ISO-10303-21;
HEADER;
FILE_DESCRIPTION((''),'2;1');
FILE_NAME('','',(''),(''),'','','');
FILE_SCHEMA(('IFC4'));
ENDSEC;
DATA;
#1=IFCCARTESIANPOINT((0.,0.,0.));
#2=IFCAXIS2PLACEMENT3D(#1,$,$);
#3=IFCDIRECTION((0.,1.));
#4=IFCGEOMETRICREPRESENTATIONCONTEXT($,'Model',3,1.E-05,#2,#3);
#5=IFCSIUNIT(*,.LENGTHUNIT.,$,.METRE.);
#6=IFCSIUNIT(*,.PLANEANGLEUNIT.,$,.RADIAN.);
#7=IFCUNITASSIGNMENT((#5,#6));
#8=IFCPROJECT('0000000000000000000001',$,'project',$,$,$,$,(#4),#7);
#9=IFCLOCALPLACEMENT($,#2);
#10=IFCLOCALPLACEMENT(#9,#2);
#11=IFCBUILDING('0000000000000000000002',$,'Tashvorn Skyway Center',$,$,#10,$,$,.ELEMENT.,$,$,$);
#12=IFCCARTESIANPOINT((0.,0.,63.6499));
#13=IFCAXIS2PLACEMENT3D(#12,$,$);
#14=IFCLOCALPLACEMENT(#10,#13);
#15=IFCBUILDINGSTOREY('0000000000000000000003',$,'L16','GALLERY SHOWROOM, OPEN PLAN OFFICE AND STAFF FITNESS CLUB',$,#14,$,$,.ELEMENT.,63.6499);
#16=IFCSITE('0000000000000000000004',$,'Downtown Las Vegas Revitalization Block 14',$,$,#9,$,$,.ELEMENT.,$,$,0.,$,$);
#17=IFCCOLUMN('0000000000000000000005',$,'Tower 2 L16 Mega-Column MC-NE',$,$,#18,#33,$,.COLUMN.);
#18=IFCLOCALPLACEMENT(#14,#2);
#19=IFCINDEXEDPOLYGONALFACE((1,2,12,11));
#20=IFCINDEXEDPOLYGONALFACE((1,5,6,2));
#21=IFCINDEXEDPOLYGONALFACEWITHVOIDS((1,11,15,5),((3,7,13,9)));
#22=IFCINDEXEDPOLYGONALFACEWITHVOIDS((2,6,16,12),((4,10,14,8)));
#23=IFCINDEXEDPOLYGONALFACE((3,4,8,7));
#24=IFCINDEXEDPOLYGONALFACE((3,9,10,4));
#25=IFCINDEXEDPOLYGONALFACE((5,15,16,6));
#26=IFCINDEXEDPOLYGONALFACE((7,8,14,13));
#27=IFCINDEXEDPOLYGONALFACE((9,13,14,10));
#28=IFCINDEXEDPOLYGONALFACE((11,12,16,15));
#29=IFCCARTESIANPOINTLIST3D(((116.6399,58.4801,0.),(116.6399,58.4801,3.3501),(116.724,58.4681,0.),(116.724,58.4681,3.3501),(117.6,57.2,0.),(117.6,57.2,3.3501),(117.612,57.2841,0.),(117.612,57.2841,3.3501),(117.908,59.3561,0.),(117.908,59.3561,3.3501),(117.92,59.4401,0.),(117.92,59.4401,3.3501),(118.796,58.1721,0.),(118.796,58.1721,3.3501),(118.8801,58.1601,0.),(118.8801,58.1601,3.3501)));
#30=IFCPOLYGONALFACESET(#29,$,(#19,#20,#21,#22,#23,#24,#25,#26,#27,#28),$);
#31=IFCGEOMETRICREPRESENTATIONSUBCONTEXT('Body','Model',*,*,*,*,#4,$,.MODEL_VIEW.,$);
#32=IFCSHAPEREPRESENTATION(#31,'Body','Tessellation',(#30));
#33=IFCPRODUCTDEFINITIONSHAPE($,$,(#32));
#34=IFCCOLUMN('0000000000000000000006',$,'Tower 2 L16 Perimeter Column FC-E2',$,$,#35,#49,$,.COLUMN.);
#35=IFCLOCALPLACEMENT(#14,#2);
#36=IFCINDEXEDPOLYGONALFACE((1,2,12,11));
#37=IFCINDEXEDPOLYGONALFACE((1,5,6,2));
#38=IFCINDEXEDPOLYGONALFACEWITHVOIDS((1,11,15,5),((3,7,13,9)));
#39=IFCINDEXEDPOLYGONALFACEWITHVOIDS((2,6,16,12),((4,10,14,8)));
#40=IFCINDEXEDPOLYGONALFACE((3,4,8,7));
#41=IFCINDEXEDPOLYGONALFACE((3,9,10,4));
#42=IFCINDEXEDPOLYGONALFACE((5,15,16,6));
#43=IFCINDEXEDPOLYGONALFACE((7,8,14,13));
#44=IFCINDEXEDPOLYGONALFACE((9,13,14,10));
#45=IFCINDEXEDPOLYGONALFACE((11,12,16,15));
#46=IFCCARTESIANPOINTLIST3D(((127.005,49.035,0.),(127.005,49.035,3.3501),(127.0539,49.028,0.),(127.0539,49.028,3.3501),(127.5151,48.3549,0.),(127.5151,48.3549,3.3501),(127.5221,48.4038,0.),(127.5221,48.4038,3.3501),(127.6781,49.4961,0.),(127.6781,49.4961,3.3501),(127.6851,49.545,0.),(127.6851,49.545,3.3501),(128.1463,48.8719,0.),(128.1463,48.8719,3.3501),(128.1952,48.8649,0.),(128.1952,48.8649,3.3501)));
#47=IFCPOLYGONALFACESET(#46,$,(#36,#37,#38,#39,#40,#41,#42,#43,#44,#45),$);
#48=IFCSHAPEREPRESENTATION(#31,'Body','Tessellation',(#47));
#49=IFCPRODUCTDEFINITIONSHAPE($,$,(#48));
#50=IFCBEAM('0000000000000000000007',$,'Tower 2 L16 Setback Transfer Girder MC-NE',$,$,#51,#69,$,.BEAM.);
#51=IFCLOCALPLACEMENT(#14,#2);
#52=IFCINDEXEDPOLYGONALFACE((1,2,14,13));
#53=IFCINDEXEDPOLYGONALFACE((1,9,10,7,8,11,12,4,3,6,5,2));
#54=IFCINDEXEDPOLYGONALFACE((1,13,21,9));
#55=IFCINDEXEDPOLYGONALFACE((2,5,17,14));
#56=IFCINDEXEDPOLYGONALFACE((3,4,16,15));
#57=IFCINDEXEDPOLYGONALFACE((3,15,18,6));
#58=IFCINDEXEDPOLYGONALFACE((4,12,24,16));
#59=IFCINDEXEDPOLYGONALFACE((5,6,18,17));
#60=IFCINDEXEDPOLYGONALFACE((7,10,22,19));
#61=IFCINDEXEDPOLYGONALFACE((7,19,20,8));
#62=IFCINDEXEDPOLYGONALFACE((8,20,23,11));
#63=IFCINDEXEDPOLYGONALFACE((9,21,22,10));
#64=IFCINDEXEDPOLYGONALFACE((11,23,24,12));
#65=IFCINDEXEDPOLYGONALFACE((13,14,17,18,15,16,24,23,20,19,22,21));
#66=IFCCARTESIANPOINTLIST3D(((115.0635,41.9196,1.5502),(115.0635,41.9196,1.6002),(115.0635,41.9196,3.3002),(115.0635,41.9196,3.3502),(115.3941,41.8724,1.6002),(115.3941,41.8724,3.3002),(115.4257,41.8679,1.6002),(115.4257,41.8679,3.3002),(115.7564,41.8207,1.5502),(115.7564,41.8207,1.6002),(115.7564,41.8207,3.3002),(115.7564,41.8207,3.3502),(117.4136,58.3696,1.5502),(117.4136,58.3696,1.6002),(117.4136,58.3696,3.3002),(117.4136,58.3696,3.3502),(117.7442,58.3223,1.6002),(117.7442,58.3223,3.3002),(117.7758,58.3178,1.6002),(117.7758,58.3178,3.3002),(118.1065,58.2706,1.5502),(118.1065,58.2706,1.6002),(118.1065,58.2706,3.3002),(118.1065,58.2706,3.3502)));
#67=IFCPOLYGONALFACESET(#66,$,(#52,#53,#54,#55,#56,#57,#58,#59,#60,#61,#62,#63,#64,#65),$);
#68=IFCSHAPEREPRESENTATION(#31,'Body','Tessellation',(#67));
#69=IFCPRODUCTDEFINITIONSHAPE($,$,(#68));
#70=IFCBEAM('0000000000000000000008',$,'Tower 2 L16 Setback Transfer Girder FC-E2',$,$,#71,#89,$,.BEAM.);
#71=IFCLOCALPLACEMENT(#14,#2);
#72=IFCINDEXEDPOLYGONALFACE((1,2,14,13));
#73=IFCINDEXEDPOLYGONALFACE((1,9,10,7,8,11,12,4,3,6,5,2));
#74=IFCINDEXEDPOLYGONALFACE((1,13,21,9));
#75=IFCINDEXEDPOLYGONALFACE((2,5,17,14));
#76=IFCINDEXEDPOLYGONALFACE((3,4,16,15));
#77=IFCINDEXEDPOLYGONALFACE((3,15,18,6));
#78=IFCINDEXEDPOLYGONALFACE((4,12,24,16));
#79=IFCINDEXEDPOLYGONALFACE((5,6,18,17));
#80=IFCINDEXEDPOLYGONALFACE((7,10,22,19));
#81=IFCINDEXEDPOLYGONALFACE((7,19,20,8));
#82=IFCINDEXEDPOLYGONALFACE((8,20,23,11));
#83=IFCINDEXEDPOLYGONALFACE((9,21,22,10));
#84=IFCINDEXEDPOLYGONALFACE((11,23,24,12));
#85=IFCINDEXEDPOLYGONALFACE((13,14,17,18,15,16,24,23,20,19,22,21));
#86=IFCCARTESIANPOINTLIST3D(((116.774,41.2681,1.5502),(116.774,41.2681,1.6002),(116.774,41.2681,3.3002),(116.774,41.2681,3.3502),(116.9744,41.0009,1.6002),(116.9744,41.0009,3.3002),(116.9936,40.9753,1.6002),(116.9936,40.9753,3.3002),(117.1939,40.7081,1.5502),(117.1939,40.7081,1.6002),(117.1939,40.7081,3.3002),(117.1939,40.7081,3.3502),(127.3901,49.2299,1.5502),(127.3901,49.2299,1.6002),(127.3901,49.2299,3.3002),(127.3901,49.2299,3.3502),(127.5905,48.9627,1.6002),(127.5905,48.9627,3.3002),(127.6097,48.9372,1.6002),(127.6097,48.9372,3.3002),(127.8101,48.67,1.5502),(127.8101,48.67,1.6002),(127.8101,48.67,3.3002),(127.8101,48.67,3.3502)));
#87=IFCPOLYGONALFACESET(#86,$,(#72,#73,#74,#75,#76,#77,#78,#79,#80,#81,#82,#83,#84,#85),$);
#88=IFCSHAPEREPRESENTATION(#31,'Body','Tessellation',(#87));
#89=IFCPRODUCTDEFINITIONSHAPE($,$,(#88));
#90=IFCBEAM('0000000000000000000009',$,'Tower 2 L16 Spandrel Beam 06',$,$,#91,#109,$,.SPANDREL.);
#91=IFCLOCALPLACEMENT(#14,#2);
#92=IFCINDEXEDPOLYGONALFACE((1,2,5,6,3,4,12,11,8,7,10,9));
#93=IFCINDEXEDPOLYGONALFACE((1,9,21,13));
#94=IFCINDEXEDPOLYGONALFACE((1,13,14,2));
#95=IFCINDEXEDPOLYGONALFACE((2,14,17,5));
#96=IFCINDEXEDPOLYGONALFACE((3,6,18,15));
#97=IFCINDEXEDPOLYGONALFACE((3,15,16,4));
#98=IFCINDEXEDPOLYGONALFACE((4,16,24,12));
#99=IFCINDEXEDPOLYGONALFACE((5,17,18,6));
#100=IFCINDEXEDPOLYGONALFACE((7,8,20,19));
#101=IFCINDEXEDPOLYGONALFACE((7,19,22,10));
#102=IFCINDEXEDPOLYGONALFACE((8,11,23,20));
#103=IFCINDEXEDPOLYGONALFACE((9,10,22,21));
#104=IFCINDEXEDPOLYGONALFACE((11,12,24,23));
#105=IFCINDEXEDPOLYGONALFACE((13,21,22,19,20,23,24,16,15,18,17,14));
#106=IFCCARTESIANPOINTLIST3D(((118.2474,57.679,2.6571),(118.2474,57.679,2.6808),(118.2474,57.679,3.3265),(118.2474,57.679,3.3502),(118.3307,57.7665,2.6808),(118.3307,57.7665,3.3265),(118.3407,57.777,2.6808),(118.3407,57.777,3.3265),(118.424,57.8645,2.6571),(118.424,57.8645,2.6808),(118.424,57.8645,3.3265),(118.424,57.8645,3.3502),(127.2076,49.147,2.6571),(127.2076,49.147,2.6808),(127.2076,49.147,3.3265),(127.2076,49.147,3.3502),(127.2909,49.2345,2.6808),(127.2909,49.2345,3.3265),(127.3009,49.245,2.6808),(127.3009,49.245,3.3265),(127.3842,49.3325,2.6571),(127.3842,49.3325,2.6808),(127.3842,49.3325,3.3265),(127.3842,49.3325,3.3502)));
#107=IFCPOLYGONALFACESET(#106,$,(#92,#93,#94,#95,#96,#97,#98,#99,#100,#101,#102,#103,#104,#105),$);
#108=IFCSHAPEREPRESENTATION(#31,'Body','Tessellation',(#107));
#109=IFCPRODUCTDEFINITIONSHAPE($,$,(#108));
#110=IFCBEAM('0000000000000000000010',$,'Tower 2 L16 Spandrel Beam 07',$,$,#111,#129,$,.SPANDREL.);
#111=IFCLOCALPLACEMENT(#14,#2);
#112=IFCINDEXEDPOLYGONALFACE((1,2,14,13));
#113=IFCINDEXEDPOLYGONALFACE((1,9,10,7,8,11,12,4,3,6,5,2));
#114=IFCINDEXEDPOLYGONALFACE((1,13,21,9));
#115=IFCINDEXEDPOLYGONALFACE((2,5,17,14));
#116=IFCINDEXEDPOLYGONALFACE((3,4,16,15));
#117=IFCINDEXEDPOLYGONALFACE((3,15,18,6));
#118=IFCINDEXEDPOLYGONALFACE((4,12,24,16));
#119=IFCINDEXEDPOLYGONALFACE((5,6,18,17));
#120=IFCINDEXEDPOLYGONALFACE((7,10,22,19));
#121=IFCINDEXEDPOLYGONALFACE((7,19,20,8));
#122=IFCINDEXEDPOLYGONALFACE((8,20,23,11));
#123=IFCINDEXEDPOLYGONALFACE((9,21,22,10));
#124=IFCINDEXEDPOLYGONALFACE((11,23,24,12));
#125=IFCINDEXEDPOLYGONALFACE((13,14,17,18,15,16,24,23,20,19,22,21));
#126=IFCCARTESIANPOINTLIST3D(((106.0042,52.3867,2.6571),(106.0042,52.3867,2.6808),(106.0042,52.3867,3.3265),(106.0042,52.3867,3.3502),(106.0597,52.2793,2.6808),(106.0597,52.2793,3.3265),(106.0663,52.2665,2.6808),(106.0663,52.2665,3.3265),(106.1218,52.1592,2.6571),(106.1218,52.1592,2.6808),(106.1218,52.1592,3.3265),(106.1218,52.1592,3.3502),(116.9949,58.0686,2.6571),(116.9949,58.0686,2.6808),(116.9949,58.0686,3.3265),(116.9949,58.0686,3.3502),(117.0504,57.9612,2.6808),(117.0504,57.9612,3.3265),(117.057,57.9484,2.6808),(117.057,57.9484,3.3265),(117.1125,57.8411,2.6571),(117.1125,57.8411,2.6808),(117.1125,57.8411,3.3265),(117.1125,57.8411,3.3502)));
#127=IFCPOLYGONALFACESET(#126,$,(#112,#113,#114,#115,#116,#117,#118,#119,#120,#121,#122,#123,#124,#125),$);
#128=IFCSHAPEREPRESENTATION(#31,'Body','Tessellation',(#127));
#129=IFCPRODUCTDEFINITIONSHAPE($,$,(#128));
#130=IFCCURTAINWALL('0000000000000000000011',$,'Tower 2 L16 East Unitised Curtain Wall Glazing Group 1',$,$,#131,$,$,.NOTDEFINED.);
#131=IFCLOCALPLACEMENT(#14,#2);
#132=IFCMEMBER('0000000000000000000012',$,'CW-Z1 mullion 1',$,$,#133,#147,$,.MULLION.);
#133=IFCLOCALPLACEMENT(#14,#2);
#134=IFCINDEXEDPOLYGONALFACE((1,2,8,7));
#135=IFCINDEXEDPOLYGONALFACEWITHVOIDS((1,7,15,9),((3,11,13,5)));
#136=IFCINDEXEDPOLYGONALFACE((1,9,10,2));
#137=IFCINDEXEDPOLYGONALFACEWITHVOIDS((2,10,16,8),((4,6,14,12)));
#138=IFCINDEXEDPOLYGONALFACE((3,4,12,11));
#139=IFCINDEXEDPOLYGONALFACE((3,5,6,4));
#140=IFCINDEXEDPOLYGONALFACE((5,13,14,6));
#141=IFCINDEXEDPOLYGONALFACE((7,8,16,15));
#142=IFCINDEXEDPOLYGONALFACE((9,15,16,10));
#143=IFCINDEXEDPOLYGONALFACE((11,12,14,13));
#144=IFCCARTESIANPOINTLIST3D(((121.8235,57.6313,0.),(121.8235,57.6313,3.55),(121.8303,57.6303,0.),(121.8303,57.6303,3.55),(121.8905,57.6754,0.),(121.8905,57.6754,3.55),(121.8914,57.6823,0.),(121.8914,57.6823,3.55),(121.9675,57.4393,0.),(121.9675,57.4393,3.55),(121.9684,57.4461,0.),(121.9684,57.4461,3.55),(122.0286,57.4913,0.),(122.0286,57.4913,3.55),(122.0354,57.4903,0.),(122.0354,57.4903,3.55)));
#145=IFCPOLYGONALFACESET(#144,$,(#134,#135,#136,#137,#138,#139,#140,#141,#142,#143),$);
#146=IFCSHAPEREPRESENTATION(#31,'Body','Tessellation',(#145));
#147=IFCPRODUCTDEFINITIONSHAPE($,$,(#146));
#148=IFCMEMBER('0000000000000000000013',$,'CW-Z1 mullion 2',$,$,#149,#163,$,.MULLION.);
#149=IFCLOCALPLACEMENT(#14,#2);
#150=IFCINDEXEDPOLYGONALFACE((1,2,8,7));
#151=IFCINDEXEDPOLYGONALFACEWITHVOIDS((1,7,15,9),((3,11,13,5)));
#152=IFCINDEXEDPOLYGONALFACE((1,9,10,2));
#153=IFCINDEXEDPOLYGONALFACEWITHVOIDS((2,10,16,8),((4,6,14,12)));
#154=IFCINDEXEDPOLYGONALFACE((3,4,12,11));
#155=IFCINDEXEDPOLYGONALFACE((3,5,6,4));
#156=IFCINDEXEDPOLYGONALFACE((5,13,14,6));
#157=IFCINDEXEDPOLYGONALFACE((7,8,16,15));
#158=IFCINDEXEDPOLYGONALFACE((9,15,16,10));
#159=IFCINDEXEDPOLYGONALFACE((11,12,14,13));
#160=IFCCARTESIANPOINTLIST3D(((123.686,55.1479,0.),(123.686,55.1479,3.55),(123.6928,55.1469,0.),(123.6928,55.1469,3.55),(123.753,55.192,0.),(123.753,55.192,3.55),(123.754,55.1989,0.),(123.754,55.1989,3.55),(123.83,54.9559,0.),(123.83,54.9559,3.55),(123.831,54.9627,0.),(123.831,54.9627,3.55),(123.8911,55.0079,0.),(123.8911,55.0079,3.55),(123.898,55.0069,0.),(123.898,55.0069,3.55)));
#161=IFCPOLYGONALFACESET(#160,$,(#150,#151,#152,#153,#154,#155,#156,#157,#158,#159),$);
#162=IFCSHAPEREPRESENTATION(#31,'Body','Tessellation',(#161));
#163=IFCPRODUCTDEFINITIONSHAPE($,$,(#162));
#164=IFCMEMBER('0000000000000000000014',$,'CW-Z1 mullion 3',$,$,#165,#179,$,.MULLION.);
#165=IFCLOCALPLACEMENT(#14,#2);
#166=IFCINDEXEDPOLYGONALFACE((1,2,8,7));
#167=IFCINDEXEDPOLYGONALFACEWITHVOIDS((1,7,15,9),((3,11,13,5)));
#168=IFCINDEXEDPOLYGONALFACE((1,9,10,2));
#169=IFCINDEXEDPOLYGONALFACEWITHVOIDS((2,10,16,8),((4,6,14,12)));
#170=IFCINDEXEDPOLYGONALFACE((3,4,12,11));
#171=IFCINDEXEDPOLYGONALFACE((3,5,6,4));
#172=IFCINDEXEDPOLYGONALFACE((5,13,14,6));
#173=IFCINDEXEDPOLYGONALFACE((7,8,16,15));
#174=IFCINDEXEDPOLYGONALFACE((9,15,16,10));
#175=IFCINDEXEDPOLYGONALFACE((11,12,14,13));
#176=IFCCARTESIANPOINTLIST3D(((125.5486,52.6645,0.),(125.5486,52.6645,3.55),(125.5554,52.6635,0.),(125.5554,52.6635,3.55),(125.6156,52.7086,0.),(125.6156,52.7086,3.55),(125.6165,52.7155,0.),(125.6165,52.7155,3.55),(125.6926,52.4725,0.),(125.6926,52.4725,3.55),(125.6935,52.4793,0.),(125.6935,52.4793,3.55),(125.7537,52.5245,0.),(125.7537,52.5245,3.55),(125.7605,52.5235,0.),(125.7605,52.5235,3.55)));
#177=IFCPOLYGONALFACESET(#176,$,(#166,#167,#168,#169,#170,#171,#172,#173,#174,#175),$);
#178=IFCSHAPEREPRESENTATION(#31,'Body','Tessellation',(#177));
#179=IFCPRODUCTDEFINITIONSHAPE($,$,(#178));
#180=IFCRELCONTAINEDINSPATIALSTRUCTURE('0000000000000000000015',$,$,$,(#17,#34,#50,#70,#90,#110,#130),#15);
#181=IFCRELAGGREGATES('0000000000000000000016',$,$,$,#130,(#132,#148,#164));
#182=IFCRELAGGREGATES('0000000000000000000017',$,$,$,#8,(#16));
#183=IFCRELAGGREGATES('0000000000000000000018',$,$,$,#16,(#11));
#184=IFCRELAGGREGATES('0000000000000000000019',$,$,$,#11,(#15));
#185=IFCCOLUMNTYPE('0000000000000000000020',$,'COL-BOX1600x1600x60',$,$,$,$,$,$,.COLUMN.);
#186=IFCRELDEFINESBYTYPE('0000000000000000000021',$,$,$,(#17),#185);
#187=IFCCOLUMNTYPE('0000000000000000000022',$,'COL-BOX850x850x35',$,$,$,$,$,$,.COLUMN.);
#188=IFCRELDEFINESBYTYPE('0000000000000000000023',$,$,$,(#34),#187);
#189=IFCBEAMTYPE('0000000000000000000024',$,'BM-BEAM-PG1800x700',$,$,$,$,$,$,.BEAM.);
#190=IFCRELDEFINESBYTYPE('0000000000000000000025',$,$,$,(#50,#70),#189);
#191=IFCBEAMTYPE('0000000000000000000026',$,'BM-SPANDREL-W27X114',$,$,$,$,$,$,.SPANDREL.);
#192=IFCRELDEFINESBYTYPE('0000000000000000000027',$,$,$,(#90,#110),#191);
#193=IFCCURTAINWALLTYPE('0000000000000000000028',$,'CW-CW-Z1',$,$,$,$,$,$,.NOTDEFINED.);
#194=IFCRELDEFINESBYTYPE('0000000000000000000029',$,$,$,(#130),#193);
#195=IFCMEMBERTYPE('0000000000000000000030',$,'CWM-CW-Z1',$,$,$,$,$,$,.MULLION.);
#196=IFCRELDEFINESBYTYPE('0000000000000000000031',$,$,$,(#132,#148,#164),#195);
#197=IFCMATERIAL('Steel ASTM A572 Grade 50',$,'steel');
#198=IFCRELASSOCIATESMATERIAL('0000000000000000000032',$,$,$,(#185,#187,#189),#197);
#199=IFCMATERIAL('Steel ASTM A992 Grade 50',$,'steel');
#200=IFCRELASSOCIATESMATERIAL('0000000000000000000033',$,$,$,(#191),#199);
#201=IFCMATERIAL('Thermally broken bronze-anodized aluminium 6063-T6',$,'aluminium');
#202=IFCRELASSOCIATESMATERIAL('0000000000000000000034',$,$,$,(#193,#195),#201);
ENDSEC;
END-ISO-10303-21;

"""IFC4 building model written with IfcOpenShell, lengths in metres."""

from ifc_helpers import new_model, si_unit, direction, frame, origin, origin_2d, place, context, subcontext, project, spatial, hollow_rectangle, i_section, extrude, material, material_profile, profile_set, type_object, element, aggregate, save


model = new_model("IFC4")

# Units and contexts
model_context = context("Model", 3, precision=1e-05, world=origin(), true_north=direction((0.0, 1.0)))
body_context = subcontext(model_context, "Body", "Model", "MODEL_VIEW")
ifc_project = project(units=[si_unit("LENGTHUNIT", "METRE"), si_unit("PLANEANGLEUNIT", "RADIAN")], contexts=[model_context])

# Site, building, storey
site_placement = place(None, origin())
site = spatial("IfcSite", under=ifc_project, at=site_placement, Name="Downtown Las Vegas Revitalization Block 14", CompositionType="ELEMENT", RefElevation=0.0)
building_placement = place(site_placement, origin())
building = spatial("IfcBuilding", under=site, at=building_placement, Name="Tashvorn Skyway Center", CompositionType="ELEMENT")
storey_placement = place(building_placement, frame((0.0, 0.0, 63.6499)))
storey = spatial("IfcBuildingStorey", under=building, at=storey_placement, Name="L16", Description="GALLERY SHOWROOM, OPEN PLAN OFFICE AND STAFF FITNESS CLUB", CompositionType="ELEMENT", Elevation=63.6499)

# Columns
ifc_material_1 = material(Name="Steel ASTM A572 Grade 50", Category="steel")
ifc_material_profile_1 = material_profile(ifc_material_1, hollow_rectangle(XDim=1.6001, YDim=1.6001, WallThickness=0.0601, at=origin_2d()), Name="BOX1600x1600x60")
ifc_profile_set_1 = profile_set([ifc_material_profile_1], Name="Steel ASTM A572 Grade 50")
column_type_1 = type_object("IfcColumnType", Name="COL-BOX1600x1600x60", PredefinedType="COLUMN", material=ifc_profile_set_1)
column_1_placement = place(storey_placement, frame((117.76, 58.3201, 0.0), z_axis=(0.0, 0.0, 1.0), x_axis=(0.8, 0.6, 0.0)))
element("IfcColumn", 1, at=column_1_placement, inside=storey, type_object=column_type_1, Name="Tower 2 L16 Mega-Column MC-NE", PredefinedType="COLUMN", context=body_context, shape_type="SweptSolid", body=[
    extrude(hollow_rectangle(XDim=1.6001, YDim=1.6001, WallThickness=0.0601, at=origin_2d()), origin(), (0.0, 0.0, 1.0), 3.3501),
])
ifc_material_profile_2 = material_profile(ifc_material_1, hollow_rectangle(XDim=0.8501, YDim=0.8501, WallThickness=0.0349, at=origin_2d()), Name="BOX850x850x35")
ifc_profile_set_2 = profile_set([ifc_material_profile_2], Name="Steel ASTM A572 Grade 50")
column_type_2 = type_object("IfcColumnType", Name="COL-BOX850x850x35", PredefinedType="COLUMN", material=ifc_profile_set_2)
column_2_placement = place(storey_placement, frame((127.6001, 48.95, 0.0), z_axis=(0.0, 0.0, 1.0), x_axis=(0.8, 0.6, 0.0)))
element("IfcColumn", 2, at=column_2_placement, inside=storey, type_object=column_type_2, Name="Tower 2 L16 Perimeter Column FC-E2", PredefinedType="COLUMN", context=body_context, shape_type="SweptSolid", body=[
    extrude(hollow_rectangle(XDim=0.8501, YDim=0.8501, WallThickness=0.0349, at=origin_2d()), origin(), (0.0, 0.0, 1.0), 3.3501),
])

# Beams
ifc_material_profile_3 = material_profile(ifc_material_1, i_section(OverallWidth=0.7, OverallDepth=1.8, WebThickness=0.032, FlangeThickness=0.05, at=origin_2d()), Name="PG1800x700")
ifc_profile_set_3 = profile_set([ifc_material_profile_3], Name="Steel ASTM A572 Grade 50")
beam_type_1 = type_object("IfcBeamType", Name="BM-BEAM-PG1800x700", PredefinedType="BEAM", material=ifc_profile_set_3)
beam_1_placement = place(storey_placement, frame((117.76, 58.3201, 2.4502), z_axis=(-0.141428, -0.989949, 0.0), x_axis=(0.989949, -0.141428, 0.0)))
element("IfcBeam", 3, at=beam_1_placement, inside=storey, type_object=beam_type_1, Name="Tower 2 L16 Setback Transfer Girder MC-NE", PredefinedType="BEAM", context=body_context, shape_type="SweptSolid", body=[
    extrude(i_section(OverallWidth=0.7, OverallDepth=1.8, WebThickness=0.032, FlangeThickness=0.05, at=origin_2d()), origin(), (0.0, 0.0, 1.0), 16.6169),
])
beam_2_placement = place(storey_placement, frame((127.6001, 48.95, 2.4502), z_axis=(-0.800009, -0.599988, 0.0), x_axis=(0.599988, -0.800009, 0.0)))
element("IfcBeam", 4, at=beam_2_placement, inside=storey, type_object=beam_type_1, Name="Tower 2 L16 Setback Transfer Girder FC-E2", PredefinedType="BEAM", context=body_context, shape_type="SweptSolid", body=[
    extrude(i_section(OverallWidth=0.7, OverallDepth=1.8, WebThickness=0.032, FlangeThickness=0.05, at=origin_2d()), origin(), (0.0, 0.0, 1.0), 13.27),
])
ifc_material_2 = material(Name="Steel ASTM A992 Grade 50", Category="steel")
ifc_material_profile_4 = material_profile(ifc_material_2, i_section(OverallWidth=0.2561, OverallDepth=0.6931, WebThickness=0.0144, FlangeThickness=0.0237, at=origin_2d()), Name="W27X114")
ifc_profile_set_4 = profile_set([ifc_material_profile_4], Name="Steel ASTM A992 Grade 50")
beam_type_2 = type_object("IfcBeamType", Name="BM-SPANDREL-W27X114", PredefinedType="SPANDREL", material=ifc_profile_set_4)
for number, where, z_axis, x_axis, name in (
    (5, (127.2959, 49.2397, 3.0037), (-0.7242, 0.68959, 0.0), (-0.68959, -0.7242, 0.0), "Tower 2 L16 Spandrel Beam 06"),
    (6, (117.0537, 57.9548, 3.0037), (-0.888316, -0.459233, 0.0), (0.459233, -0.888316, 0.0), "Tower 2 L16 Spandrel Beam 07"),
):
    element("IfcBeam", number, at=place(storey_placement, frame(where, z_axis=z_axis, x_axis=x_axis)), inside=storey, type_object=beam_type_2, Name=name, PredefinedType="SPANDREL", context=body_context, shape_type="SweptSolid", body=[
        extrude(i_section(OverallWidth=0.2561, OverallDepth=0.6931, WebThickness=0.0144, FlangeThickness=0.0237, at=origin_2d()), origin(), (0.0, 0.0, 1.0), 12.3726),
    ])

# Curtain wall, members
ifc_material_3 = material(Name="Thermally broken bronze-anodized aluminium 6063-T6", Category="aluminium")
curtain_wall_type = type_object("IfcCurtainWallType", Name="CW-CW-Z1", PredefinedType="NOTDEFINED", material=ifc_material_3)
curtain_wall_1_placement = place(storey_placement, origin())
curtain_wall_1 = element("IfcCurtainWall", 7, at=curtain_wall_1_placement, inside=storey, type_object=curtain_wall_type, Name="Tower 2 L16 East Unitised Curtain Wall Glazing Group 1", PredefinedType="NOTDEFINED")
ifc_material_profile_5 = material_profile(ifc_material_3, hollow_rectangle(XDim=0.085, YDim=0.24, WallThickness=0.0049, at=origin_2d()), Name="ALU-MULL-85x240")
ifc_profile_set_5 = profile_set([ifc_material_profile_5], Name="Thermally broken bronze-anodized aluminium 6063-T6")
member_type_1 = type_object("IfcMemberType", Name="CWM-CW-Z1", PredefinedType="MULLION", material=ifc_profile_set_5)
member_1_placement = place(storey_placement, frame((121.9294, 57.5608, 0.0), z_axis=(0.0, 0.0, 1.0), x_axis=(0.800002, 0.599997, 0.0)))
member_1 = element("IfcMember", 8, at=member_1_placement, type_object=member_type_1, Name="CW-Z1 mullion 1", PredefinedType="MULLION", context=body_context, shape_type="SweptSolid", body=[
    extrude(hollow_rectangle(XDim=0.085, YDim=0.24, WallThickness=0.0049, at=origin_2d()), origin(), (0.0, 0.0, 1.0), 3.55),
])
member_2_placement = place(storey_placement, frame((123.792, 55.0774, 0.0), z_axis=(0.0, 0.0, 1.0), x_axis=(0.800002, 0.599997, 0.0)))
member_2 = element("IfcMember", 9, at=member_2_placement, type_object=member_type_1, Name="CW-Z1 mullion 2", PredefinedType="MULLION", context=body_context, shape_type="SweptSolid", body=[
    extrude(hollow_rectangle(XDim=0.085, YDim=0.24, WallThickness=0.0049, at=origin_2d()), origin(), (0.0, 0.0, 1.0), 3.55),
])
member_3_placement = place(storey_placement, frame((125.6545, 52.594, 0.0), z_axis=(0.0, 0.0, 1.0), x_axis=(0.800002, 0.599997, 0.0)))
member_3 = element("IfcMember", 10, at=member_3_placement, type_object=member_type_1, Name="CW-Z1 mullion 3", PredefinedType="MULLION", context=body_context, shape_type="SweptSolid", body=[
    extrude(hollow_rectangle(XDim=0.085, YDim=0.24, WallThickness=0.0049, at=origin_2d()), origin(), (0.0, 0.0, 1.0), 3.55),
])

aggregate(curtain_wall_1, [member_1, member_2, member_3])

save(model, "model.ifc")
